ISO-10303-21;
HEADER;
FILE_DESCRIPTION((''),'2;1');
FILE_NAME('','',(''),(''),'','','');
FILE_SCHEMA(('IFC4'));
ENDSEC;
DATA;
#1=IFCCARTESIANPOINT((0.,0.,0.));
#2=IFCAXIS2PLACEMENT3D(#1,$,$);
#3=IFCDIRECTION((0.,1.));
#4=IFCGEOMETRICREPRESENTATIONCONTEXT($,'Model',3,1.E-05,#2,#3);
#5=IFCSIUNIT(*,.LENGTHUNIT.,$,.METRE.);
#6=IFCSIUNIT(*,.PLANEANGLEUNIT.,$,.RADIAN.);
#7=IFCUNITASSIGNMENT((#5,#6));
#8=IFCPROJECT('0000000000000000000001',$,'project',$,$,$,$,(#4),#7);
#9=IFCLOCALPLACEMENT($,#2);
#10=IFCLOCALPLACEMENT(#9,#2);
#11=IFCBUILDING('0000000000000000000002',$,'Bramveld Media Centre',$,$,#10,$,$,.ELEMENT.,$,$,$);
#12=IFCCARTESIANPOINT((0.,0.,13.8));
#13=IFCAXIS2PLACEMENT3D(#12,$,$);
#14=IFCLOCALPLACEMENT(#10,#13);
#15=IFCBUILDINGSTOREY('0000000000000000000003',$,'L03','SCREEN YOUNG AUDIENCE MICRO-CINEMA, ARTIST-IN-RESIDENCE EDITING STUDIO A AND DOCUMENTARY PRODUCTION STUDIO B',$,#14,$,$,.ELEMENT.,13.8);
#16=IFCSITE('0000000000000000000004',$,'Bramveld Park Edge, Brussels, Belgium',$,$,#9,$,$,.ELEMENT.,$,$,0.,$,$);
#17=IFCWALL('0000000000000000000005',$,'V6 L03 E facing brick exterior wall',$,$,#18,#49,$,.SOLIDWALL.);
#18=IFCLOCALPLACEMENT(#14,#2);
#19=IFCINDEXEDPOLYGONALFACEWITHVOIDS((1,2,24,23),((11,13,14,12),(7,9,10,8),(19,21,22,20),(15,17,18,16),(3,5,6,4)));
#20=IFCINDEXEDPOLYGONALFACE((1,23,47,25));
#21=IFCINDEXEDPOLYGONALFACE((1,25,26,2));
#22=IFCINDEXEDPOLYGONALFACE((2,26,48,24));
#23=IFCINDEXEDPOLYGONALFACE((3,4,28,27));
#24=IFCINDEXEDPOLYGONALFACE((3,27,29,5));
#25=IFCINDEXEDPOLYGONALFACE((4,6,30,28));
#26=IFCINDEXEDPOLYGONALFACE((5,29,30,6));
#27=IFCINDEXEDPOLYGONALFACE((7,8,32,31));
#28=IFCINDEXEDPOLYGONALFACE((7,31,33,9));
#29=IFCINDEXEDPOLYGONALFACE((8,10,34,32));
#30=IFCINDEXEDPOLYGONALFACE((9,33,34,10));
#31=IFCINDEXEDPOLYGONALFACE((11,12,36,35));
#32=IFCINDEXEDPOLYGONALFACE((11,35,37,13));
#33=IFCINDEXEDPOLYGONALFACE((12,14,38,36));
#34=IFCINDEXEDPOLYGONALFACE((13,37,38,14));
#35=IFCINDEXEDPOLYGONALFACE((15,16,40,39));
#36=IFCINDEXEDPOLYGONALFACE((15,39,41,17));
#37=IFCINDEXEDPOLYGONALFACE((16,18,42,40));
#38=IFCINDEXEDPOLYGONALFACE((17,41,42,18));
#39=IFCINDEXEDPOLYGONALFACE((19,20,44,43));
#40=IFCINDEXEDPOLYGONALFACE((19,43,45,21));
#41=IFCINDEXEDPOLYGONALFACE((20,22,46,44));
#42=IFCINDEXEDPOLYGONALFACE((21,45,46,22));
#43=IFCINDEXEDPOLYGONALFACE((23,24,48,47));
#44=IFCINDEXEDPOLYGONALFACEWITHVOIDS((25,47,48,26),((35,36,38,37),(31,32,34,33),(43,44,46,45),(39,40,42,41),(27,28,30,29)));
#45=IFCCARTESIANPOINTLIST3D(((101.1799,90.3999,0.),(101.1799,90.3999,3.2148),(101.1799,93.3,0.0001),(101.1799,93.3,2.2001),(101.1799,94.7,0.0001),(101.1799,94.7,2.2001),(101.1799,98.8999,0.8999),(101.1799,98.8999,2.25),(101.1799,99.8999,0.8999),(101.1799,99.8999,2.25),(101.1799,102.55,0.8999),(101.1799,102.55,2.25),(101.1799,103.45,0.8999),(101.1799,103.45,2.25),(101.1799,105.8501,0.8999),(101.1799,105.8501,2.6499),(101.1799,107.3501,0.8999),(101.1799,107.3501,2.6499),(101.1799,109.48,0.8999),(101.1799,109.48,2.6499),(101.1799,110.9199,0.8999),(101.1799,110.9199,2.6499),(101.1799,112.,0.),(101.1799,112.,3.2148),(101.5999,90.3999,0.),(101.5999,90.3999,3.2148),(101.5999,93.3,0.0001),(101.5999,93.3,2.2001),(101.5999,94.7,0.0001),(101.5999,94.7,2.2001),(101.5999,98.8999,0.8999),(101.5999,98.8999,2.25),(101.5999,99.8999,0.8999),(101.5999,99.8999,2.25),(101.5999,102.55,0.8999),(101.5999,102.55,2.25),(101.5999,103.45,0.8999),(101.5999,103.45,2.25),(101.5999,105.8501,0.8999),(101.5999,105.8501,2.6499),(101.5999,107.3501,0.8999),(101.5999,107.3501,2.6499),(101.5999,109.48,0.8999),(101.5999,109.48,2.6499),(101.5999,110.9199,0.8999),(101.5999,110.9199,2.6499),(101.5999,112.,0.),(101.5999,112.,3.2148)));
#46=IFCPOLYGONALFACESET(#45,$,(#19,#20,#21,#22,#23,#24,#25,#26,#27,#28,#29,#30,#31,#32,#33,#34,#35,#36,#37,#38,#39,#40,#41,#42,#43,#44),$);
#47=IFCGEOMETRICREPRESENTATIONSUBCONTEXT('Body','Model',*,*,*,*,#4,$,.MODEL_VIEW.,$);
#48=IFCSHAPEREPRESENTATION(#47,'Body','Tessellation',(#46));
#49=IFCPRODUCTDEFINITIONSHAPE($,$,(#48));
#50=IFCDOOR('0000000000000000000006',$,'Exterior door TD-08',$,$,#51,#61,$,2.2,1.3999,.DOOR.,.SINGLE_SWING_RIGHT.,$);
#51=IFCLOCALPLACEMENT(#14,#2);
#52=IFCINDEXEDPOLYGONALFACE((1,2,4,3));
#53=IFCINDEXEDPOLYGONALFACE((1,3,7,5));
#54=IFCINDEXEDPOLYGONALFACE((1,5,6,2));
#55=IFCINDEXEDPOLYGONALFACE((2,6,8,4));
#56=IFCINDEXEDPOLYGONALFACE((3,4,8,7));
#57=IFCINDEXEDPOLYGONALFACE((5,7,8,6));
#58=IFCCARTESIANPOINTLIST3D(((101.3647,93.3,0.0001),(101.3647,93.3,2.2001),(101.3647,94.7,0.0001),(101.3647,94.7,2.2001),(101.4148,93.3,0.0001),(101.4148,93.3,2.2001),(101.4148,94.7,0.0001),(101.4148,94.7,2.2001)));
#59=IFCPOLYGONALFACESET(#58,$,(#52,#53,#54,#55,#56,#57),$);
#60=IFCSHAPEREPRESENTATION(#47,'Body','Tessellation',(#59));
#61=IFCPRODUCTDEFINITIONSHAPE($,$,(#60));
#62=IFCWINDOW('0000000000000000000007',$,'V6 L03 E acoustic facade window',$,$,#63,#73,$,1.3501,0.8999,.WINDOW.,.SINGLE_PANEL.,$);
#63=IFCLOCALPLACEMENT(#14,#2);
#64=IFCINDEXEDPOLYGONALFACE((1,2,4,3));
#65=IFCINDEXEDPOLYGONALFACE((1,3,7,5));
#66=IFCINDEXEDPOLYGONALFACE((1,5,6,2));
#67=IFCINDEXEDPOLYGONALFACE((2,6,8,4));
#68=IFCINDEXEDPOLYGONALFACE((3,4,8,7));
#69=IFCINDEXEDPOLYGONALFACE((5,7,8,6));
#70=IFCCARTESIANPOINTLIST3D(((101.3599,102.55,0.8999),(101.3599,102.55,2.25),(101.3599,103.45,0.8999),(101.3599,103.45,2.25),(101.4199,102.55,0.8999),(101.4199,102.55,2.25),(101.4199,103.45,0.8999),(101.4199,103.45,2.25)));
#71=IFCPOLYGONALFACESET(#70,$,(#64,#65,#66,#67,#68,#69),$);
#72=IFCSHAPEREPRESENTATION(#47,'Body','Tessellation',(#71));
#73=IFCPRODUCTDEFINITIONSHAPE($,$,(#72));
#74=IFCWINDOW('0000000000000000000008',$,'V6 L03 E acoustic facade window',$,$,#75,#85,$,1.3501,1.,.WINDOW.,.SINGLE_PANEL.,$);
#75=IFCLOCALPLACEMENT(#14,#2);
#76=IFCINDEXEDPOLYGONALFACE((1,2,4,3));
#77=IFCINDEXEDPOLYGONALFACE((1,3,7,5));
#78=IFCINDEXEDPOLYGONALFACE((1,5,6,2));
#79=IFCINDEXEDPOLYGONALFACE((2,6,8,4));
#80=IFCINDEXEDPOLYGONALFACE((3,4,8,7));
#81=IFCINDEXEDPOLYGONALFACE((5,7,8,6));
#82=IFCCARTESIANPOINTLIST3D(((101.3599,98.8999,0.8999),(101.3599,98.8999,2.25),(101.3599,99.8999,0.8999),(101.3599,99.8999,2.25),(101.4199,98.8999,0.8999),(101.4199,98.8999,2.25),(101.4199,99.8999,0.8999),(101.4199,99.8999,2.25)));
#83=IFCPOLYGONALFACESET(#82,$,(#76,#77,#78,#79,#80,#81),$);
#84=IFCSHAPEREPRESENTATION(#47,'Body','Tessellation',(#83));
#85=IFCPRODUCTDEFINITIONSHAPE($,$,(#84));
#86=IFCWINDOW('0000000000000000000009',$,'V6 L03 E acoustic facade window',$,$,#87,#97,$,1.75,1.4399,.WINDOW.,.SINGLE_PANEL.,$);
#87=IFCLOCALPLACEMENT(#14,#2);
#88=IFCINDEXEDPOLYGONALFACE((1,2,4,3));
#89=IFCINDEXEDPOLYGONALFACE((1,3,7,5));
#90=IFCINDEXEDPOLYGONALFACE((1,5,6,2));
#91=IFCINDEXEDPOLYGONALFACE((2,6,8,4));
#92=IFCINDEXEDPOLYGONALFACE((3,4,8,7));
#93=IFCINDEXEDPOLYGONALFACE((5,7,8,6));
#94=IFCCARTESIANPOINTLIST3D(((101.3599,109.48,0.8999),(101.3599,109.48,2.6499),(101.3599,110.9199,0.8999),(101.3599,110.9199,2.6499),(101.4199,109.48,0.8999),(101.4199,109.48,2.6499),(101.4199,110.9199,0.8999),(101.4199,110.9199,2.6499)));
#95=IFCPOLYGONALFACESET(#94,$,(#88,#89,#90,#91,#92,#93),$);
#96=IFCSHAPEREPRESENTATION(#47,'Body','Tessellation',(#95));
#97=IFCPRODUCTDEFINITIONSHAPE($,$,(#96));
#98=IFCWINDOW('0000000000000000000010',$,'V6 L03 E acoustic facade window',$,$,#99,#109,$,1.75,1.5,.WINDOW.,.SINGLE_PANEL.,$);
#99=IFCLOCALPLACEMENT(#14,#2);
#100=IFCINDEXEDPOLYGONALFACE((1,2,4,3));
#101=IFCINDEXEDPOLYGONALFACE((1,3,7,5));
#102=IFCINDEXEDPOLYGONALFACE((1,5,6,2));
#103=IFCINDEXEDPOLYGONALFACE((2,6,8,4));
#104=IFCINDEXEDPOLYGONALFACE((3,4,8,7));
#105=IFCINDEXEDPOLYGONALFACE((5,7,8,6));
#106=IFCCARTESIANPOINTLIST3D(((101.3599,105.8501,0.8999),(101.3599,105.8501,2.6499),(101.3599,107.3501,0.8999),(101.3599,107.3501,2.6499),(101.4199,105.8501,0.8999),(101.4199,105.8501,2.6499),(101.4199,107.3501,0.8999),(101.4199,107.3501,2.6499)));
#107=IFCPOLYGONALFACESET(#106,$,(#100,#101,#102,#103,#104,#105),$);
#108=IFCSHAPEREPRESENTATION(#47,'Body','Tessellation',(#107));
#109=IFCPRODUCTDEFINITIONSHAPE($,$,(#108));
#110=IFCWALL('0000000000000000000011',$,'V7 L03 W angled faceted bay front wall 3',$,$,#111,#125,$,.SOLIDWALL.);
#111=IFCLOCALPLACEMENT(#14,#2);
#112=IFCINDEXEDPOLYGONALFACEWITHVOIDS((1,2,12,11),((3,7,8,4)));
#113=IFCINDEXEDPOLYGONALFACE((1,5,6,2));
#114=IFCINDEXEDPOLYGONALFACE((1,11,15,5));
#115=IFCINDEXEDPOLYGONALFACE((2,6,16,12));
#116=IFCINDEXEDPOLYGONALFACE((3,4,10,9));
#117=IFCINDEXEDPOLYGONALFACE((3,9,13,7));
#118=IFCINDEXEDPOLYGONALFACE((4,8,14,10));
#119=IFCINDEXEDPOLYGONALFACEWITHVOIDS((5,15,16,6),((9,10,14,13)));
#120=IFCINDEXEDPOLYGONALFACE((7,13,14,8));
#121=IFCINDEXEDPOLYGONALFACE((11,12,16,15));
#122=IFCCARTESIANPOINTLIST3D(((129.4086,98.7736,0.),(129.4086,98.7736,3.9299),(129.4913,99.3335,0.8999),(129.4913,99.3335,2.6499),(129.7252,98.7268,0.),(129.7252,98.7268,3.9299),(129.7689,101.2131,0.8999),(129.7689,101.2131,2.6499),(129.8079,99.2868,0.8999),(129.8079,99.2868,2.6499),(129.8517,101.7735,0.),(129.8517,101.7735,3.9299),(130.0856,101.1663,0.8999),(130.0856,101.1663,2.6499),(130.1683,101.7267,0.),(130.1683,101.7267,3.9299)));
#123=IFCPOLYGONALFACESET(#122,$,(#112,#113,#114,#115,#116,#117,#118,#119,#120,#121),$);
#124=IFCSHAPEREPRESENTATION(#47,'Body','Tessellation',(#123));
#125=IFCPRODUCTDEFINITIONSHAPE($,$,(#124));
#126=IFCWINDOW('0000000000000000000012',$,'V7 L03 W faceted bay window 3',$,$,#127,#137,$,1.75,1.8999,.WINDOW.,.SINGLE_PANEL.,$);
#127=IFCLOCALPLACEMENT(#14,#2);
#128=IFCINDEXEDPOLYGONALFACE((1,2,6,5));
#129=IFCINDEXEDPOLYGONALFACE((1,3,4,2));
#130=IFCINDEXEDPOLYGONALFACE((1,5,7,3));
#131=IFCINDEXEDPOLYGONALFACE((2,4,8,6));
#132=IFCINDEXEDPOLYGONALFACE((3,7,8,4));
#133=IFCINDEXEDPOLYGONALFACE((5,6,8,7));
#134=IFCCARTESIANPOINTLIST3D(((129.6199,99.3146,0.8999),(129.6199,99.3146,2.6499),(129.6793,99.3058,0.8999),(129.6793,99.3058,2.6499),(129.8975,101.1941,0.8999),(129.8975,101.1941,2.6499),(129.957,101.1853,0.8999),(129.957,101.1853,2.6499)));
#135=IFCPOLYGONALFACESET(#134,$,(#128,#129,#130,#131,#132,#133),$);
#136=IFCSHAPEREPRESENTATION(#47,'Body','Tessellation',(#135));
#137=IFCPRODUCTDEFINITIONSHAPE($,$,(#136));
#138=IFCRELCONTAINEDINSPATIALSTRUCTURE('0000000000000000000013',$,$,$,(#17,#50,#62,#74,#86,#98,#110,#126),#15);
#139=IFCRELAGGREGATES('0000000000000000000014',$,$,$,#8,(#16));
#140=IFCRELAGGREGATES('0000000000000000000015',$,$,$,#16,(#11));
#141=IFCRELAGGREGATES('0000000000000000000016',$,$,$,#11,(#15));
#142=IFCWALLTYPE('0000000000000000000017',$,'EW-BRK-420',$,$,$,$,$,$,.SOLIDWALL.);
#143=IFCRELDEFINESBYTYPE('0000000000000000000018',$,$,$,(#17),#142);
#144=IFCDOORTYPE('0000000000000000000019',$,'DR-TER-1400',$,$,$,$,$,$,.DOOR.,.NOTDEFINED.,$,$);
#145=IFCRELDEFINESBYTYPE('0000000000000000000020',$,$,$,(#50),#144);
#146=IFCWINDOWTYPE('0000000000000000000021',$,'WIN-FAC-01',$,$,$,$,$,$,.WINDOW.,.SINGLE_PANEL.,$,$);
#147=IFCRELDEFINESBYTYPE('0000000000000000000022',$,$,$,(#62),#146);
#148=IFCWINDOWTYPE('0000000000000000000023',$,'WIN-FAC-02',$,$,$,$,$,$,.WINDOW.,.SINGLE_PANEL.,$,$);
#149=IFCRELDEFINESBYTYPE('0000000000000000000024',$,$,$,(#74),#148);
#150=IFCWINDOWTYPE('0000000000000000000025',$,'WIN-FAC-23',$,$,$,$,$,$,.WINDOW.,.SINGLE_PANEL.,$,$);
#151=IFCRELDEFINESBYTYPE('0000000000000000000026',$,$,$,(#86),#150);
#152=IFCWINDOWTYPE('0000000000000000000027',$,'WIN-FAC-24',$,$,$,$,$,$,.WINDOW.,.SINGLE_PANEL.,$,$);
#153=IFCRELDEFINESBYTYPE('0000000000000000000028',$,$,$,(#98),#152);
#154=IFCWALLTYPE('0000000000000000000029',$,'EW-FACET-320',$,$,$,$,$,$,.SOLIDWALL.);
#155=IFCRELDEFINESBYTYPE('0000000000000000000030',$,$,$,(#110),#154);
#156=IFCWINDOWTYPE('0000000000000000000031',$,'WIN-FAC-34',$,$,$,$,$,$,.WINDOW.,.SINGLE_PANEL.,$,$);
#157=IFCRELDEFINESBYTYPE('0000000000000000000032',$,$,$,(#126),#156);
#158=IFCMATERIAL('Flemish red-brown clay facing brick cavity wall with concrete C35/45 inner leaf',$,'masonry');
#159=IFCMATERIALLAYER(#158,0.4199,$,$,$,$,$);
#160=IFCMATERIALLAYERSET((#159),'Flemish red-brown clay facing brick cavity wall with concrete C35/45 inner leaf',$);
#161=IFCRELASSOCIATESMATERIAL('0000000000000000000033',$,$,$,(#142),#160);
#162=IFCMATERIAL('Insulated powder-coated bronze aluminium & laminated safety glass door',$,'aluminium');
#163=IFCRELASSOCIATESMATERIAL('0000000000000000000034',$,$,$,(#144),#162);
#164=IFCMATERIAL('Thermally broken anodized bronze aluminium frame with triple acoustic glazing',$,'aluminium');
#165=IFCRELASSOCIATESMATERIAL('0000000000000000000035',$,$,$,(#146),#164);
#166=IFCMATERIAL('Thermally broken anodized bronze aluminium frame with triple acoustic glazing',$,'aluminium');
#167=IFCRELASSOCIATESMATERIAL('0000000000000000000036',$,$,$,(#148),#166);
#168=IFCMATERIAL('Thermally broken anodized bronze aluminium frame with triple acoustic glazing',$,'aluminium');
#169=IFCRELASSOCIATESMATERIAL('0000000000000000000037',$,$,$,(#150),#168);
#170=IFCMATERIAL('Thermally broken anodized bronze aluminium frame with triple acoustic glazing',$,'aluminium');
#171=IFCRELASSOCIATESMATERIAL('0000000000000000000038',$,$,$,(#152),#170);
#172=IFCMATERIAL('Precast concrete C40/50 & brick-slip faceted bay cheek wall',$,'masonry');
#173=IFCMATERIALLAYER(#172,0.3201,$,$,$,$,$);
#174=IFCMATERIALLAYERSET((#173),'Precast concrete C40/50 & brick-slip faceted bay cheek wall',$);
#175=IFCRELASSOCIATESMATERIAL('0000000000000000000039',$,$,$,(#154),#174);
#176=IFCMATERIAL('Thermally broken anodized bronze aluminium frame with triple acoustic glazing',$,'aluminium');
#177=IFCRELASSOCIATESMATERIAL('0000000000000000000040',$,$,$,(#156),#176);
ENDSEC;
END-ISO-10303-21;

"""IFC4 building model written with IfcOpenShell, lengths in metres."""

from ifc_helpers import new_model, si_unit, direction, frame, frame_2d, origin, place, context, subcontext, project, spatial, rectangle, extrude, material, layer, layer_set, type_object, element, fill, save


model = new_model("IFC4")

# Units and contexts
model_context = context("Model", 3, precision=1e-05, world=origin(), true_north=direction((0.0, 1.0)))
body_context = subcontext(model_context, "Body", "Model", "MODEL_VIEW")
ifc_project = project(units=[si_unit("LENGTHUNIT", "METRE"), si_unit("PLANEANGLEUNIT", "RADIAN")], contexts=[model_context])

# Site, building, storey
site_placement = place(None, origin())
site = spatial("IfcSite", under=ifc_project, at=site_placement, Name="Bramveld Park Edge, Brussels, Belgium", CompositionType="ELEMENT", RefElevation=0.0)
building_placement = place(site_placement, origin())
building = spatial("IfcBuilding", under=site, at=building_placement, Name="Bramveld Media Centre", CompositionType="ELEMENT")
storey_placement = place(building_placement, frame((0.0, 0.0, 13.8)))
storey = spatial("IfcBuildingStorey", under=building, at=storey_placement, Name="L03", Description="SCREEN YOUNG AUDIENCE MICRO-CINEMA, ARTIST-IN-RESIDENCE EDITING STUDIO A AND DOCUMENTARY PRODUCTION STUDIO B", CompositionType="ELEMENT", Elevation=13.8)

# Wall, openings, door, windows
ifc_material_1 = material(Name="Flemish red-brown clay facing brick cavity wall with concrete C35/45 inner leaf", Category="masonry")
ifc_layer_1 = layer(ifc_material_1, 0.4199)
ifc_layer_set_1 = layer_set([ifc_layer_1], Name="Flemish red-brown clay facing brick cavity wall with concrete C35/45 inner leaf")
wall_type_1 = type_object("IfcWallType", Name="EW-BRK-420", PredefinedType="SOLIDWALL", material=ifc_layer_set_1)
wall_1_placement = place(storey_placement, frame((101.3899, 112.0, 0.0), z_axis=(0.0, 0.0, 1.0), x_axis=(0.0, -1.0, 0.0)))
wall_1 = element("IfcWall", 1, at=wall_1_placement, inside=storey, type_object=wall_type_1, Name="V6 L03 E facing brick exterior wall", PredefinedType="SOLIDWALL", context=body_context, shape_type="SweptSolid", body=[
    extrude(rectangle(XDim=21.6001, YDim=0.4199, at=frame_2d((10.8, 0.0))), origin(), (0.0, 0.0, 1.0), 3.2148),
])
opening_1_placement = place(wall_1_placement, frame((17.3, 0.0, 0.0)))
opening_1 = element("IfcOpeningElement", 2, at=opening_1_placement, cuts=wall_1, PredefinedType="OPENING", context=body_context, shape_type="SweptSolid", body=[
    extrude(rectangle(XDim=1.3999, YDim=2.2, at=frame_2d((0.7, 1.1001))), frame((0.0, 0.2219, 0.0), z_axis=(0.0, -1.0, 0.0), x_axis=(1.0, 0.0, 0.0)), (0.0, 0.0, 1.0), 0.4438),
])
opening_2_placement = place(wall_1_placement, frame((1.0801, 0.0, 0.8999)))
opening_2 = element("IfcOpeningElement", 3, at=opening_2_placement, cuts=wall_1, PredefinedType="OPENING", context=body_context, shape_type="SweptSolid", body=[
    extrude(rectangle(XDim=1.4399, YDim=1.75, at=frame_2d((0.72, 0.875))), frame((0.0, 0.2219, 0.0), z_axis=(0.0, -1.0, 0.0), x_axis=(1.0, 0.0, 0.0)), (0.0, 0.0, 1.0), 0.4438),
])
opening_3_placement = place(wall_1_placement, frame((4.6499, 0.0, 0.8999)))
opening_3 = element("IfcOpeningElement", 4, at=opening_3_placement, cuts=wall_1, PredefinedType="OPENING", context=body_context, shape_type="SweptSolid", body=[
    extrude(rectangle(XDim=1.5, YDim=1.75, at=frame_2d((0.75, 0.875))), frame((0.0, 0.2219, 0.0), z_axis=(0.0, -1.0, 0.0), x_axis=(1.0, 0.0, 0.0)), (0.0, 0.0, 1.0), 0.4438),
])
opening_4_placement = place(wall_1_placement, frame((8.55, 0.0, 0.8999)))
opening_4 = element("IfcOpeningElement", 5, at=opening_4_placement, cuts=wall_1, PredefinedType="OPENING", context=body_context, shape_type="SweptSolid", body=[
    extrude(rectangle(XDim=0.8999, YDim=1.3501, at=frame_2d((0.45, 0.675))), frame((0.0, 0.2219, 0.0), z_axis=(0.0, -1.0, 0.0), x_axis=(1.0, 0.0, 0.0)), (0.0, 0.0, 1.0), 0.4438),
])
opening_5_placement = place(wall_1_placement, frame((12.1001, 0.0, 0.8999)))
opening_5 = element("IfcOpeningElement", 6, at=opening_5_placement, cuts=wall_1, PredefinedType="OPENING", context=body_context, shape_type="SweptSolid", body=[
    extrude(rectangle(XDim=1.0, YDim=1.3501, at=frame_2d((0.5, 0.675))), frame((0.0, 0.2219, 0.0), z_axis=(0.0, -1.0, 0.0), x_axis=(1.0, 0.0, 0.0)), (0.0, 0.0, 1.0), 0.4438),
])
ifc_material_2 = material(Name="Insulated powder-coated bronze aluminium & laminated safety glass door", Category="aluminium")
door_type = type_object("IfcDoorType", Name="DR-TER-1400", OperationType="NOTDEFINED", PredefinedType="DOOR", material=ifc_material_2)
door_placement = place(opening_1_placement, origin())
door = element("IfcDoor", 7, at=door_placement, inside=storey, type_object=door_type, Name="Exterior door TD-08", OperationType="SINGLE_SWING_RIGHT", OverallHeight=2.2, OverallWidth=1.3999, PredefinedType="DOOR", context=body_context, shape_type="SweptSolid", body=[
    extrude(rectangle(XDim=1.3999, YDim=2.2, at=frame_2d((0.7, 1.1001))), frame((0.0, 0.0249, 0.0), z_axis=(0.0, -1.0, 0.0), x_axis=(1.0, 0.0, 0.0)), (0.0, 0.0, 1.0), 0.05),
])
fill(opening_1, door)
ifc_material_3 = material(Name="Thermally broken anodized bronze aluminium frame with triple acoustic glazing", Category="aluminium")
window_type_1 = type_object("IfcWindowType", Name="WIN-FAC-01", PartitioningType="SINGLE_PANEL", PredefinedType="WINDOW", material=ifc_material_3)
window_1_placement = place(opening_4_placement, origin())
window_1 = element("IfcWindow", 8, at=window_1_placement, inside=storey, type_object=window_type_1, Name="V6 L03 E acoustic facade window", OverallHeight=1.3501, OverallWidth=0.8999, PartitioningType="SINGLE_PANEL", PredefinedType="WINDOW", context=body_context, shape_type="SweptSolid", body=[
    extrude(rectangle(XDim=0.8999, YDim=1.3501, at=frame_2d((0.45, 0.675))), frame((0.0, 0.03, 0.0), z_axis=(0.0, -1.0, 0.0), x_axis=(1.0, 0.0, 0.0)), (0.0, 0.0, 1.0), 0.0601),
])
fill(opening_4, window_1)
ifc_material_4 = material(Name="Thermally broken anodized bronze aluminium frame with triple acoustic glazing", Category="aluminium")
window_type_2 = type_object("IfcWindowType", Name="WIN-FAC-02", PartitioningType="SINGLE_PANEL", PredefinedType="WINDOW", material=ifc_material_4)
window_2_placement = place(opening_5_placement, origin())
window_2 = element("IfcWindow", 9, at=window_2_placement, inside=storey, type_object=window_type_2, Name="V6 L03 E acoustic facade window", OverallHeight=1.3501, OverallWidth=1.0, PartitioningType="SINGLE_PANEL", PredefinedType="WINDOW", context=body_context, shape_type="SweptSolid", body=[
    extrude(rectangle(XDim=1.0, YDim=1.3501, at=frame_2d((0.5, 0.675))), frame((0.0, 0.03, 0.0), z_axis=(0.0, -1.0, 0.0), x_axis=(1.0, 0.0, 0.0)), (0.0, 0.0, 1.0), 0.0601),
])
fill(opening_5, window_2)
ifc_material_5 = material(Name="Thermally broken anodized bronze aluminium frame with triple acoustic glazing", Category="aluminium")
window_type_3 = type_object("IfcWindowType", Name="WIN-FAC-23", PartitioningType="SINGLE_PANEL", PredefinedType="WINDOW", material=ifc_material_5)
window_3_placement = place(opening_2_placement, origin())
window_3 = element("IfcWindow", 10, at=window_3_placement, inside=storey, type_object=window_type_3, Name="V6 L03 E acoustic facade window", OverallHeight=1.75, OverallWidth=1.4399, PartitioningType="SINGLE_PANEL", PredefinedType="WINDOW", context=body_context, shape_type="SweptSolid", body=[
    extrude(rectangle(XDim=1.4399, YDim=1.75, at=frame_2d((0.72, 0.875))), frame((0.0, 0.03, 0.0), z_axis=(0.0, -1.0, 0.0), x_axis=(1.0, 0.0, 0.0)), (0.0, 0.0, 1.0), 0.0601),
])
fill(opening_2, window_3)
ifc_material_6 = material(Name="Thermally broken anodized bronze aluminium frame with triple acoustic glazing", Category="aluminium")
window_type_4 = type_object("IfcWindowType", Name="WIN-FAC-24", PartitioningType="SINGLE_PANEL", PredefinedType="WINDOW", material=ifc_material_6)
window_4_placement = place(opening_3_placement, origin())
window_4 = element("IfcWindow", 11, at=window_4_placement, inside=storey, type_object=window_type_4, Name="V6 L03 E acoustic facade window", OverallHeight=1.75, OverallWidth=1.5, PartitioningType="SINGLE_PANEL", PredefinedType="WINDOW", context=body_context, shape_type="SweptSolid", body=[
    extrude(rectangle(XDim=1.5, YDim=1.75, at=frame_2d((0.75, 0.875))), frame((0.0, 0.03, 0.0), z_axis=(0.0, -1.0, 0.0), x_axis=(1.0, 0.0, 0.0)), (0.0, 0.0, 1.0), 0.0601),
])
fill(opening_3, window_4)

# Wall, opening, window
ifc_material_7 = material(Name="Precast concrete C40/50 & brick-slip faceted bay cheek wall", Category="masonry")
ifc_layer_2 = layer(ifc_material_7, 0.3201)
ifc_layer_set_2 = layer_set([ifc_layer_2], Name="Precast concrete C40/50 & brick-slip faceted bay cheek wall")
wall_type_2 = type_object("IfcWallType", Name="EW-FACET-320", PredefinedType="SOLIDWALL", material=ifc_layer_set_2)
wall_2_placement = place(storey_placement, frame((130.01, 101.75, 0.0), z_axis=(0.0, 0.0, 1.0), x_axis=(-0.14612, -0.989267, 0.0)))
wall_2 = element("IfcWall", 12, at=wall_2_placement, inside=storey, type_object=wall_type_2, Name="V7 L03 W angled faceted bay front wall 3", PredefinedType="SOLIDWALL", context=body_context, shape_type="SweptSolid", body=[
    extrude(rectangle(XDim=3.0325, YDim=0.3201, at=frame_2d((1.5161, 0.0))), origin(), (0.0, 0.0, 1.0), 3.9299),
])
opening_6_placement = place(wall_2_placement, frame((0.5664, 0.0, 0.8999)))
opening_6 = element("IfcOpeningElement", 13, at=opening_6_placement, cuts=wall_2, PredefinedType="OPENING", context=body_context, shape_type="SweptSolid", body=[
    extrude(rectangle(XDim=1.8999, YDim=1.75, at=frame_2d((0.95, 0.875))), frame((0.0, 0.1719, 0.0), z_axis=(0.0, -1.0, 0.0), x_axis=(1.0, 0.0, 0.0)), (0.0, 0.0, 1.0), 0.344),
])
ifc_material_8 = material(Name="Thermally broken anodized bronze aluminium frame with triple acoustic glazing", Category="aluminium")
window_type_5 = type_object("IfcWindowType", Name="WIN-FAC-34", PartitioningType="SINGLE_PANEL", PredefinedType="WINDOW", material=ifc_material_8)
window_5_placement = place(opening_6_placement, origin())
window_5 = element("IfcWindow", 14, at=window_5_placement, inside=storey, type_object=window_type_5, Name="V7 L03 W faceted bay window 3", OverallHeight=1.75, OverallWidth=1.8999, PartitioningType="SINGLE_PANEL", PredefinedType="WINDOW", context=body_context, shape_type="SweptSolid", body=[
    extrude(rectangle(XDim=1.8999, YDim=1.75, at=frame_2d((0.95, 0.875))), frame((0.0, 0.03, 0.0), z_axis=(0.0, -1.0, 0.0), x_axis=(1.0, 0.0, 0.0)), (0.0, 0.0, 1.0), 0.0601),
])
fill(opening_6, window_5)

save(model, "model.ifc")
